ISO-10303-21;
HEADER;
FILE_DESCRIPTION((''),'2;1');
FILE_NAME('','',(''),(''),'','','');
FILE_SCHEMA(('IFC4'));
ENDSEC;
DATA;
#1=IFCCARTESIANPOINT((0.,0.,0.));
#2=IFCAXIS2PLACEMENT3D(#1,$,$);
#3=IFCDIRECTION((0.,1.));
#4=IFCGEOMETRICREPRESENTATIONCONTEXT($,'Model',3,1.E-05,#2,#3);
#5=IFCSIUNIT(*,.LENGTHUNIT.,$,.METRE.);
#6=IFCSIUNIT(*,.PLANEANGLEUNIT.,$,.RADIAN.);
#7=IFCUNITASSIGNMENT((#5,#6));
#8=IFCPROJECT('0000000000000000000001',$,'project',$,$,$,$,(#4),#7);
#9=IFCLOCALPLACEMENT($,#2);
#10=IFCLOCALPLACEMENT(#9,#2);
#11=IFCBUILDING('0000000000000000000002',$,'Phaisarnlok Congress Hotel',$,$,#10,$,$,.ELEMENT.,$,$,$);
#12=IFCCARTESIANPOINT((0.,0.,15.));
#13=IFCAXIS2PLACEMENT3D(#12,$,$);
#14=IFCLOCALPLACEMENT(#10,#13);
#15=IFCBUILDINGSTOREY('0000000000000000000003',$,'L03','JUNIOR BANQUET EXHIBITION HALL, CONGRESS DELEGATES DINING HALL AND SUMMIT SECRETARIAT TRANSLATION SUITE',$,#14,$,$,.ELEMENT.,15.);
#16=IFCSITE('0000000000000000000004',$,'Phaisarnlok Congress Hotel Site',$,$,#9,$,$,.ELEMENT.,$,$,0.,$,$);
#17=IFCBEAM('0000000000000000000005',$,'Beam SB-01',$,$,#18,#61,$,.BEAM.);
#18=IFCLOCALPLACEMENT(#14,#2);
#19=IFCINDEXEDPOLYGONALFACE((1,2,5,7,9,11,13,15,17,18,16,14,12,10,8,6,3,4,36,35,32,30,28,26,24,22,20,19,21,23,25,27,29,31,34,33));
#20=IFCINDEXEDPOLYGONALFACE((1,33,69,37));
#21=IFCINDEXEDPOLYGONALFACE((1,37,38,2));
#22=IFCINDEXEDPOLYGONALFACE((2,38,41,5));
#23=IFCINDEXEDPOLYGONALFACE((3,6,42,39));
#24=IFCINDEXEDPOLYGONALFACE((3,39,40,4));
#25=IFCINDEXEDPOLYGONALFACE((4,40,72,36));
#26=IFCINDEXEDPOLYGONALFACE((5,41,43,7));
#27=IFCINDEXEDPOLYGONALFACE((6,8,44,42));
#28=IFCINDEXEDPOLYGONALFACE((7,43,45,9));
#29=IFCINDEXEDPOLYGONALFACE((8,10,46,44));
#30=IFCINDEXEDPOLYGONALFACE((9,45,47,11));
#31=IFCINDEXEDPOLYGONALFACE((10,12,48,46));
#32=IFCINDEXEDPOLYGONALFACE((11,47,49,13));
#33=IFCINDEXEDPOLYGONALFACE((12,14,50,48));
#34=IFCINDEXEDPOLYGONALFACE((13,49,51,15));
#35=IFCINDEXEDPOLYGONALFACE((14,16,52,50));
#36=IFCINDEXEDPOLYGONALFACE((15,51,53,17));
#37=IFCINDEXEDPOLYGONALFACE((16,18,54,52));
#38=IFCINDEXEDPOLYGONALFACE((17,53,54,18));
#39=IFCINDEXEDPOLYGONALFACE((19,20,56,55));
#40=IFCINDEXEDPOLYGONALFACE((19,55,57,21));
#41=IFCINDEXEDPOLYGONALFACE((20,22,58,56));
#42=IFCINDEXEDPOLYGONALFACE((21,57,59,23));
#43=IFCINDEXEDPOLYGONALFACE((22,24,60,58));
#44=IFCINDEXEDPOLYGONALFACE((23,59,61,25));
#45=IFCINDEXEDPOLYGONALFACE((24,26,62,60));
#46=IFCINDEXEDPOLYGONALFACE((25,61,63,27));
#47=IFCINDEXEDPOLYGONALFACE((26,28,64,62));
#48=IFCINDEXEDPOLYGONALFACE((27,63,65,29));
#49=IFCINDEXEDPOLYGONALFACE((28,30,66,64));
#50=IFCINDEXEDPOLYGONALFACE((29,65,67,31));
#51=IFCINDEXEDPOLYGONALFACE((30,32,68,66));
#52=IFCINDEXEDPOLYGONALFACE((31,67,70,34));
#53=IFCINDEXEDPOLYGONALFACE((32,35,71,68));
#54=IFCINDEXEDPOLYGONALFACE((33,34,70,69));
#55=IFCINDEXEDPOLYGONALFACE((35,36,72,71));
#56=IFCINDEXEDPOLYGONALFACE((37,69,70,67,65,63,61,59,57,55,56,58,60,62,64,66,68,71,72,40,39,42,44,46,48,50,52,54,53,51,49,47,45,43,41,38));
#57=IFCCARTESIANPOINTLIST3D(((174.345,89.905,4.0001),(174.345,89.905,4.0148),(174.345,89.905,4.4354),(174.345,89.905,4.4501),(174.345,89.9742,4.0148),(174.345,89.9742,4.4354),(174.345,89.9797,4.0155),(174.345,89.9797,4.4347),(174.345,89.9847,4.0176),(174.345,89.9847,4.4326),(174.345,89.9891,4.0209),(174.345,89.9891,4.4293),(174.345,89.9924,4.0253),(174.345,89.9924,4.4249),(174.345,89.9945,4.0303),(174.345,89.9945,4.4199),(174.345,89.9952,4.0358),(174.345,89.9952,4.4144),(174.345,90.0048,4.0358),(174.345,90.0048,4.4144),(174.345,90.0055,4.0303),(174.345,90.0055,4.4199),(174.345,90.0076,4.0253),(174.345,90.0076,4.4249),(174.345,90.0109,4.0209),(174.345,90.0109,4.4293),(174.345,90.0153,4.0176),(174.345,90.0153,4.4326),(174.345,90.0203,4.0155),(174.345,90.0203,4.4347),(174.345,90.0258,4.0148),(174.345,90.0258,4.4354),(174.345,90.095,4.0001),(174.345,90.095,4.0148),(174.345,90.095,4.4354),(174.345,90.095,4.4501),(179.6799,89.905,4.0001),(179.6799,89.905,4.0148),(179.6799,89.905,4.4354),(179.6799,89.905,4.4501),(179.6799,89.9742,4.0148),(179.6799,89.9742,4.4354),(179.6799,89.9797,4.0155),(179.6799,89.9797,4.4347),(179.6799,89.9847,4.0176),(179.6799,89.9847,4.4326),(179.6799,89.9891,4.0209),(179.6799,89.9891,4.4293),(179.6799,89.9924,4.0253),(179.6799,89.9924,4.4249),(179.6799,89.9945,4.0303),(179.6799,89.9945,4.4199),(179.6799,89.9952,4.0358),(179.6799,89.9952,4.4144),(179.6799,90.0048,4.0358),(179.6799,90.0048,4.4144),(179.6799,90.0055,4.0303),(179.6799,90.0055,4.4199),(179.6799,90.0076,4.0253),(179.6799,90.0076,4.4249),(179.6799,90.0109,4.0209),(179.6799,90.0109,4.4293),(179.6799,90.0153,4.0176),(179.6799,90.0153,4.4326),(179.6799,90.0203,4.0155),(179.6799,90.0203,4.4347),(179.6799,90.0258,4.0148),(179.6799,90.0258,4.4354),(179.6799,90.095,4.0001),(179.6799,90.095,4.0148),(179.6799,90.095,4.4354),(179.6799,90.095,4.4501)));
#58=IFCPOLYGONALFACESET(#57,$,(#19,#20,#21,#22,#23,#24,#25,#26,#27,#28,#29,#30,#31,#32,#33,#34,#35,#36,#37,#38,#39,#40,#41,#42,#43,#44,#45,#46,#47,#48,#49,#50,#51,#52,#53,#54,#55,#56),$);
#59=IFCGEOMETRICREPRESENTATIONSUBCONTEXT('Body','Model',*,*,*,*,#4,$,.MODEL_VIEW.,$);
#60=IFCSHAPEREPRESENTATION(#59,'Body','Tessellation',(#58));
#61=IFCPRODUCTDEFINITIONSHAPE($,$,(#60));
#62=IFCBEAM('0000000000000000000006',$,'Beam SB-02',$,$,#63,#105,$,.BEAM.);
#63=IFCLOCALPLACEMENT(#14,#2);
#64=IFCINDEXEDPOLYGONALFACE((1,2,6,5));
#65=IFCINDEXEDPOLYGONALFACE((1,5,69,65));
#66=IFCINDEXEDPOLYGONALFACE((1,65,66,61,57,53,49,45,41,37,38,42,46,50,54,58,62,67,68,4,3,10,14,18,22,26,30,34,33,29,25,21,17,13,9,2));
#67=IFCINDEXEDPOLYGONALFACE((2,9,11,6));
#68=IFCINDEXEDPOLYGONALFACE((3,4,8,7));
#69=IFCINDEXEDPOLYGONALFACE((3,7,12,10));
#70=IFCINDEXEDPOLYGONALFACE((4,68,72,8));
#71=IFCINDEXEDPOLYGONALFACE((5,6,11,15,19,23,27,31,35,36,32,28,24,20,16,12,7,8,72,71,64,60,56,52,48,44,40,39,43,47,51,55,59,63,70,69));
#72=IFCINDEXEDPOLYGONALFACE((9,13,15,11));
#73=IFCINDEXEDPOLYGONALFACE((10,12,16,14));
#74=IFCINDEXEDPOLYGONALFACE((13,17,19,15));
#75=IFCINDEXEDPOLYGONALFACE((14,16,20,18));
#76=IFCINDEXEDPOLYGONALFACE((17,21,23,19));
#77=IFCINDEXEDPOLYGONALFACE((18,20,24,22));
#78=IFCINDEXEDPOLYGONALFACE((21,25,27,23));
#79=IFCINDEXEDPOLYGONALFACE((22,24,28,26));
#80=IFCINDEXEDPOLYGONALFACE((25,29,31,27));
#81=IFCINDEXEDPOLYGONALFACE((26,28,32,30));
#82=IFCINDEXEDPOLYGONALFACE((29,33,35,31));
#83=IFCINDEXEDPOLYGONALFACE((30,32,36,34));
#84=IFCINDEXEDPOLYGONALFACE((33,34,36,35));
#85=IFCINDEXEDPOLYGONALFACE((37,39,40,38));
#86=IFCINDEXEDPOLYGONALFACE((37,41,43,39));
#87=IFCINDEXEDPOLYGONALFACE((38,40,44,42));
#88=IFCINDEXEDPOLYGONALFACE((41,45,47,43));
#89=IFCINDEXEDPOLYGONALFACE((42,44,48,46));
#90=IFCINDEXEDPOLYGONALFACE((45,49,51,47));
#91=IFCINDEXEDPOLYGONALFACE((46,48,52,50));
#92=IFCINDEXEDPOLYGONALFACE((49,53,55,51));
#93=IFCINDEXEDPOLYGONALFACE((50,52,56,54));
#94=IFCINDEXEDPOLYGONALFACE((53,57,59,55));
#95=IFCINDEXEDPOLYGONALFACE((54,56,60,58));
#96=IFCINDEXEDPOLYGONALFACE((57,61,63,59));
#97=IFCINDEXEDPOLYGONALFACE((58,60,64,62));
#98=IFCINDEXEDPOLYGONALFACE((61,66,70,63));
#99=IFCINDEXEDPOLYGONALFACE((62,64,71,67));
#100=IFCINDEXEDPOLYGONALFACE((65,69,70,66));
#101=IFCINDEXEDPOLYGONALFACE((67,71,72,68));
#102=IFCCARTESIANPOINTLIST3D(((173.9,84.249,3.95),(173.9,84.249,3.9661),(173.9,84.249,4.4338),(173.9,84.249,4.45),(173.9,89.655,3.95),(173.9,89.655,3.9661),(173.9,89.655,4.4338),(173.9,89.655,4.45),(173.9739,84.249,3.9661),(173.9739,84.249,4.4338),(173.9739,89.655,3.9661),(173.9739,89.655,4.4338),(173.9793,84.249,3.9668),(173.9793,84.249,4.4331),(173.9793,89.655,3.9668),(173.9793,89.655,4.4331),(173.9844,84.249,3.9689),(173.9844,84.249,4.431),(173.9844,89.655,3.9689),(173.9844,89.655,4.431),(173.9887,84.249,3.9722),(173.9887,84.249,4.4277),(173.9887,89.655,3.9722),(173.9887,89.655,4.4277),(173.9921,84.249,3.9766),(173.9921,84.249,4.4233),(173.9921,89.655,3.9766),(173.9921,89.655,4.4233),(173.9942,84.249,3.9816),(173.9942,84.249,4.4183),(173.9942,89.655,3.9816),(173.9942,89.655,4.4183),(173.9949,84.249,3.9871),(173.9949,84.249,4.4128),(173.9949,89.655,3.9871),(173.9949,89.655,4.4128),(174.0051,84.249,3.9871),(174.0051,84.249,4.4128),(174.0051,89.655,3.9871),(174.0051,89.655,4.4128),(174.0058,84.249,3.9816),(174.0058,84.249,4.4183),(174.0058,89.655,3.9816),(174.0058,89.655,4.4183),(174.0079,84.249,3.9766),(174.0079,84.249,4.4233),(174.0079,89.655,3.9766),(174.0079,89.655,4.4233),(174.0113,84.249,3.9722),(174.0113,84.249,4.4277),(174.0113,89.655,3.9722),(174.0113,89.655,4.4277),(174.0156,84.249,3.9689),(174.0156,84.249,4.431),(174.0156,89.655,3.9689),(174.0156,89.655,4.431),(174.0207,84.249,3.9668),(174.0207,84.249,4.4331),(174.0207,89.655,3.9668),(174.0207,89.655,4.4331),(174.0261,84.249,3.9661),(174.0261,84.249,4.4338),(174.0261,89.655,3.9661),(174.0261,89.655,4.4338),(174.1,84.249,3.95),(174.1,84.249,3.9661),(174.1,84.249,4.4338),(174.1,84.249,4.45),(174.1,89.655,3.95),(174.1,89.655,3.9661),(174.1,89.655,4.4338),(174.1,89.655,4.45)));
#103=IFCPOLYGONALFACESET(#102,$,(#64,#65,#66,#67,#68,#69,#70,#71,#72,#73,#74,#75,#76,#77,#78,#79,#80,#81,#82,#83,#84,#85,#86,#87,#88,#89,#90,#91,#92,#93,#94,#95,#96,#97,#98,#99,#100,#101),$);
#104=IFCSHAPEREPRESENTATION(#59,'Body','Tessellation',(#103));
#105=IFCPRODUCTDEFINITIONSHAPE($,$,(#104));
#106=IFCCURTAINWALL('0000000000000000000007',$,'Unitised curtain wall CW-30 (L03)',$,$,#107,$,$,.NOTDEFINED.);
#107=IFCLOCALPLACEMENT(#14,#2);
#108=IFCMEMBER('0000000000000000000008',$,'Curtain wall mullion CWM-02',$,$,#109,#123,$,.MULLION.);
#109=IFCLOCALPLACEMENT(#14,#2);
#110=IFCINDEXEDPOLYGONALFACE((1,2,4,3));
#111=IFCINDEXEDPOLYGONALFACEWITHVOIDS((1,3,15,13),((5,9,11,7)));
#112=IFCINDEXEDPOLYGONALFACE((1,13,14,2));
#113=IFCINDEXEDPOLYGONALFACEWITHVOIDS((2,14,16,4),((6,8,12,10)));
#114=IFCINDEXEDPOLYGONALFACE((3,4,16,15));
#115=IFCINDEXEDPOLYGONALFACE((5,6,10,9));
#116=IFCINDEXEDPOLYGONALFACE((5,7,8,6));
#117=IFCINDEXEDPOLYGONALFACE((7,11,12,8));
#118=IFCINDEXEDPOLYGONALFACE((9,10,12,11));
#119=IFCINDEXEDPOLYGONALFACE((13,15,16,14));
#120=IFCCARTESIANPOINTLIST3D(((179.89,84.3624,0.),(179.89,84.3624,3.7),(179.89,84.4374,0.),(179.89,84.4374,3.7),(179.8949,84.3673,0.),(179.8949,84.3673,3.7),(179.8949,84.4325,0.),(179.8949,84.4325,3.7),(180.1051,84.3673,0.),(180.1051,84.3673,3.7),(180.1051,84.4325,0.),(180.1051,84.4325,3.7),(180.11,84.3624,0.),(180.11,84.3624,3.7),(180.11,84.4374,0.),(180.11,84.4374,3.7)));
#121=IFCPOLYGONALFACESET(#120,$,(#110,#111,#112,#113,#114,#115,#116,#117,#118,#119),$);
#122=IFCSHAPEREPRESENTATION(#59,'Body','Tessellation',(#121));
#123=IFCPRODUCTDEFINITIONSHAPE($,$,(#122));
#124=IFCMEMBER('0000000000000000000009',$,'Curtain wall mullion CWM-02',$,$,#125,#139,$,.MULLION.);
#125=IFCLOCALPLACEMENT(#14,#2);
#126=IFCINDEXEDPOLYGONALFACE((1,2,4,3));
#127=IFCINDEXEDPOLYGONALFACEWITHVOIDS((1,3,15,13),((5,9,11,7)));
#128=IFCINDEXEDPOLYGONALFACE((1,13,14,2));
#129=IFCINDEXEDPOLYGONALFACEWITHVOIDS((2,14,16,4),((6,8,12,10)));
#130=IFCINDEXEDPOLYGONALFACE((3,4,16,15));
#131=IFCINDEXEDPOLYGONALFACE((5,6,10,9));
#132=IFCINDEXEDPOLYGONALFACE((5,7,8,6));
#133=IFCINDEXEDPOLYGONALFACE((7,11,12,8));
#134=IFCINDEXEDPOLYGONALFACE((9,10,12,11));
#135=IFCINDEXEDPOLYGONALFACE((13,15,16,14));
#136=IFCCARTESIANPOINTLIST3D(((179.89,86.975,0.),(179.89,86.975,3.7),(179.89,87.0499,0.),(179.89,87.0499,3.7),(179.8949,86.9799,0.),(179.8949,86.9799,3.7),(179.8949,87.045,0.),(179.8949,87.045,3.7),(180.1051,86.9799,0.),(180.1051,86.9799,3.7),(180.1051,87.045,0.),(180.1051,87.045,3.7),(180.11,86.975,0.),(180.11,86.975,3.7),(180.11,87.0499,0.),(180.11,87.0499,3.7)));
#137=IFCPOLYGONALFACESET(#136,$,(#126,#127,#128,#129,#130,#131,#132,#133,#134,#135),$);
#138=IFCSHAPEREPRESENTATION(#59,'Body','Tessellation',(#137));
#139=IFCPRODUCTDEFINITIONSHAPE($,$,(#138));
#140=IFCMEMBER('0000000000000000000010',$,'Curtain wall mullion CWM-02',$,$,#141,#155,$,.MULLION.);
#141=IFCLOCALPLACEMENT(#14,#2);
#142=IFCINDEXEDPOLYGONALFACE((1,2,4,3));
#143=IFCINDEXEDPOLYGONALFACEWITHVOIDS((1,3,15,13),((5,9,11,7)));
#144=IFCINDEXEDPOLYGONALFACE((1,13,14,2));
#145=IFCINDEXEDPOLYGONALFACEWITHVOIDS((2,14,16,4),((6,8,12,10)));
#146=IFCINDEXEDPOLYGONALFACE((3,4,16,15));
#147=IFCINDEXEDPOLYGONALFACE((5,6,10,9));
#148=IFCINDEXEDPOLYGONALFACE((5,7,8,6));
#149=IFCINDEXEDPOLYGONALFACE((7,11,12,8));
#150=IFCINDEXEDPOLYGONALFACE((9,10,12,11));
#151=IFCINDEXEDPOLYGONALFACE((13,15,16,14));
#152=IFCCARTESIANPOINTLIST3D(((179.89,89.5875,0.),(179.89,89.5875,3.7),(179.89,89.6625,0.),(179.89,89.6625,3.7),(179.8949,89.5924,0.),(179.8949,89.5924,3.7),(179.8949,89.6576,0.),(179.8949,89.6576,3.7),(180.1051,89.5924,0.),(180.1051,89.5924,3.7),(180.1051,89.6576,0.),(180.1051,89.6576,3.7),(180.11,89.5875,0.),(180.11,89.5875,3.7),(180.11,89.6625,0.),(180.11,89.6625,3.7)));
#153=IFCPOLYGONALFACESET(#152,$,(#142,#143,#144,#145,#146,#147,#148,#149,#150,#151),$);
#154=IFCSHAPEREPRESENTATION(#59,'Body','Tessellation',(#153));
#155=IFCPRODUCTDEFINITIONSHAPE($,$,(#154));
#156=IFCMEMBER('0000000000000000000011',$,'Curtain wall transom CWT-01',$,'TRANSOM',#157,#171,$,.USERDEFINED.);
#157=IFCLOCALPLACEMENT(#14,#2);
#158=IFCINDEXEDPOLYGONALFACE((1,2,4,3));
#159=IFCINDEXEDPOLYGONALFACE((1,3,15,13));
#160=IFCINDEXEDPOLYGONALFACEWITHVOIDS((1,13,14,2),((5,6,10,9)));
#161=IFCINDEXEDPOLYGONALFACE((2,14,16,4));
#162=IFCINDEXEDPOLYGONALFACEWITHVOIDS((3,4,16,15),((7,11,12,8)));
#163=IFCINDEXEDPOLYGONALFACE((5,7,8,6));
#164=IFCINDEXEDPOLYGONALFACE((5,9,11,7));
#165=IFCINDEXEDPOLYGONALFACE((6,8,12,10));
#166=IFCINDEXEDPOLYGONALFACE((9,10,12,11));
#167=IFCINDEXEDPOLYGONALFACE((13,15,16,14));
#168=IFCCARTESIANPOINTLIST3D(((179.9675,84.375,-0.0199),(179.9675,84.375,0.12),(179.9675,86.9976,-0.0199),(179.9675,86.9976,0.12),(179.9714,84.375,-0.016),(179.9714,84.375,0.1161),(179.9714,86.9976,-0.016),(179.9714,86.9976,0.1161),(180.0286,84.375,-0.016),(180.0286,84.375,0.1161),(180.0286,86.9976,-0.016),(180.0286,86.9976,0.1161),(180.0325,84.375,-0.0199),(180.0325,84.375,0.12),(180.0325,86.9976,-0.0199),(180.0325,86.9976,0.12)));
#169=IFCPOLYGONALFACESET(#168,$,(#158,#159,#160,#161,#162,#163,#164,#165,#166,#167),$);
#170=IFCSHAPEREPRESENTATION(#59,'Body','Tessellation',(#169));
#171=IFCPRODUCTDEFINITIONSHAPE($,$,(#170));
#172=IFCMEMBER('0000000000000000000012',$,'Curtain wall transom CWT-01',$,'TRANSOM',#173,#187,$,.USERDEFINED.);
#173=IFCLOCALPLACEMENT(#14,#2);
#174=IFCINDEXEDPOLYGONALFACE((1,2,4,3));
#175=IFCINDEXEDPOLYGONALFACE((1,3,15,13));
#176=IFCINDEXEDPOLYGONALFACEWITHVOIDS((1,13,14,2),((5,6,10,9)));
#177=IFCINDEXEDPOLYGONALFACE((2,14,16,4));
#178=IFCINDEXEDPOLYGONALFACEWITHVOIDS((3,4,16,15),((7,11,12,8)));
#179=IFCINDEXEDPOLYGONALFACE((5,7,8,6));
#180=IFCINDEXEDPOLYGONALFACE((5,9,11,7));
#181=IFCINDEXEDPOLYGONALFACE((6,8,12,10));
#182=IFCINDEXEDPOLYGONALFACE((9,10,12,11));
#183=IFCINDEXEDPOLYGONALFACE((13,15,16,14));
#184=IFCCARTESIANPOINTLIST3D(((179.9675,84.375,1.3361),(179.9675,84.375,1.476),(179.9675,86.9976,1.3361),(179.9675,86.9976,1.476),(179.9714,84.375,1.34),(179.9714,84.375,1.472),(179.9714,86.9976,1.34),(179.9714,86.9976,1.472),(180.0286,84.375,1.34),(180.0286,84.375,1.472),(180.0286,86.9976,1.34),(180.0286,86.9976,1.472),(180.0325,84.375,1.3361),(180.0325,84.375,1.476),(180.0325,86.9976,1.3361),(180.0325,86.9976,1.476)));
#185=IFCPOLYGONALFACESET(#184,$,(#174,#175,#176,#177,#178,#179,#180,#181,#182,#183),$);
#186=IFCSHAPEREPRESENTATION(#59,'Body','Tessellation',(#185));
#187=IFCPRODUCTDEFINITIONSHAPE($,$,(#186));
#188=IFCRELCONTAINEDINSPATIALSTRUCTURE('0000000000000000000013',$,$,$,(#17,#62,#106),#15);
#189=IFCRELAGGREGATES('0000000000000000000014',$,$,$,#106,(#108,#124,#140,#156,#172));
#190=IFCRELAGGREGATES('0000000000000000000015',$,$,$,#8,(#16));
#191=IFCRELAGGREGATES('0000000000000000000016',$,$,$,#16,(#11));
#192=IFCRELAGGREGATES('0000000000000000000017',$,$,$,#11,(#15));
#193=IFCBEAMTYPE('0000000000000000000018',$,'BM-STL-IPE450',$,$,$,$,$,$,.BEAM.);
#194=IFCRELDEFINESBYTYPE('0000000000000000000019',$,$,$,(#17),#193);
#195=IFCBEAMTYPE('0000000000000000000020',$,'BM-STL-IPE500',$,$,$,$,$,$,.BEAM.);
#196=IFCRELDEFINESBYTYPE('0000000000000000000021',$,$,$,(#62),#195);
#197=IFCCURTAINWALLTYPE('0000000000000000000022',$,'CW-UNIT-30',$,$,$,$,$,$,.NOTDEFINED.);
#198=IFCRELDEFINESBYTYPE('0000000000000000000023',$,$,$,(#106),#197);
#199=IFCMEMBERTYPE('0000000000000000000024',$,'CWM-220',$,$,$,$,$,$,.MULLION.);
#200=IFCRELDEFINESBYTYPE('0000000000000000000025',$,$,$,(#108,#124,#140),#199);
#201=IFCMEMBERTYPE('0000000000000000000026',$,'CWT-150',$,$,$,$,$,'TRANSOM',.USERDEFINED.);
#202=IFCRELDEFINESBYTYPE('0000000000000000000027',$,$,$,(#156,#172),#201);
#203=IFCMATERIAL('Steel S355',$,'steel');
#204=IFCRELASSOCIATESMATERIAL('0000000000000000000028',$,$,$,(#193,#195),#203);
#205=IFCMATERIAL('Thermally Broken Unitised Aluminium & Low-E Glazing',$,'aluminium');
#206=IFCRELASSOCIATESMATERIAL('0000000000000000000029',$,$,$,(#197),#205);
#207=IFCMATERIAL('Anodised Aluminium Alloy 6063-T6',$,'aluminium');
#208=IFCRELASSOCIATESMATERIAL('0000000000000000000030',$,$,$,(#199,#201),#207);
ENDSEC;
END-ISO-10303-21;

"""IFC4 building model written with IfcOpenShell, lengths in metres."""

from ifc_helpers import new_model, si_unit, direction, frame, origin, origin_2d, place, context, subcontext, project, spatial, hollow_rectangle, i_section, extrude, material, material_profile, profile_set, type_object, element, aggregate, save


model = new_model("IFC4")

# Units and contexts
model_context = context("Model", 3, precision=1e-05, world=origin(), true_north=direction((0.0, 1.0)))
body_context = subcontext(model_context, "Body", "Model", "MODEL_VIEW")
ifc_project = project(units=[si_unit("LENGTHUNIT", "METRE"), si_unit("PLANEANGLEUNIT", "RADIAN")], contexts=[model_context])

# Site, building, storey
site_placement = place(None, origin())
site = spatial("IfcSite", under=ifc_project, at=site_placement, Name="Phaisarnlok Congress Hotel Site", CompositionType="ELEMENT", RefElevation=0.0)
building_placement = place(site_placement, origin())
building = spatial("IfcBuilding", under=site, at=building_placement, Name="Phaisarnlok Congress Hotel", CompositionType="ELEMENT")
storey_placement = place(building_placement, frame((0.0, 0.0, 15.0)))
storey = spatial("IfcBuildingStorey", under=building, at=storey_placement, Name="L03", Description="JUNIOR BANQUET EXHIBITION HALL, CONGRESS DELEGATES DINING HALL AND SUMMIT SECRETARIAT TRANSLATION SUITE", CompositionType="ELEMENT", Elevation=15.0)

# Shared definitions
ifc_material_1 = material(Name="Steel S355", Category="steel")

# Beams
ifc_material_profile_1 = material_profile(ifc_material_1, i_section(OverallWidth=0.1899, OverallDepth=0.45, WebThickness=0.0095, FlangeThickness=0.0146, FilletRadius=0.021, at=origin_2d()), Name="IPE 450")
ifc_profile_set_1 = profile_set([ifc_material_profile_1], Name="Steel S355")
beam_type_1 = type_object("IfcBeamType", Name="BM-STL-IPE450", PredefinedType="BEAM", material=ifc_profile_set_1)
beam_1_placement = place(storey_placement, frame((174.345, 90.0, 4.2251), z_axis=(1.0, 0.0, 0.0), x_axis=(0.0, 1.0, 0.0)))
element("IfcBeam", 1, at=beam_1_placement, inside=storey, type_object=beam_type_1, Name="Beam SB-01", PredefinedType="BEAM", context=body_context, shape_type="SweptSolid", body=[
    extrude(i_section(OverallWidth=0.1899, OverallDepth=0.45, WebThickness=0.0095, FlangeThickness=0.0146, FilletRadius=0.021, at=origin_2d()), origin(), (0.0, 0.0, 1.0), 5.335),
])
ifc_material_profile_2 = material_profile(ifc_material_1, i_section(OverallWidth=0.2, OverallDepth=0.5, WebThickness=0.0103, FlangeThickness=0.0161, FilletRadius=0.021, at=origin_2d()), Name="IPE 500")
ifc_profile_set_2 = profile_set([ifc_material_profile_2], Name="Steel S355")
beam_type_2 = type_object("IfcBeamType", Name="BM-STL-IPE500", PredefinedType="BEAM", material=ifc_profile_set_2)
beam_2_placement = place(storey_placement, frame((174.0, 84.249, 4.2), z_axis=(0.0, 1.0, 0.0), x_axis=(-1.0, 0.0, 0.0)))
element("IfcBeam", 2, at=beam_2_placement, inside=storey, type_object=beam_type_2, Name="Beam SB-02", PredefinedType="BEAM", context=body_context, shape_type="SweptSolid", body=[
    extrude(i_section(OverallWidth=0.2, OverallDepth=0.5, WebThickness=0.0103, FlangeThickness=0.0161, FilletRadius=0.021, at=origin_2d()), origin(), (0.0, 0.0, 1.0), 5.406),
])

# Curtain wall, members
ifc_material_2 = material(Name="Thermally Broken Unitised Aluminium & Low-E Glazing", Category="aluminium")
curtain_wall_type = type_object("IfcCurtainWallType", Name="CW-UNIT-30", PredefinedType="NOTDEFINED", material=ifc_material_2)
curtain_wall_placement = place(storey_placement, origin())
curtain_wall = element("IfcCurtainWall", 3, at=curtain_wall_placement, inside=storey, type_object=curtain_wall_type, Name="Unitised curtain wall CW-30 (L03)", PredefinedType="NOTDEFINED")
ifc_material_3 = material(Name="Anodised Aluminium Alloy 6063-T6", Category="aluminium")
ifc_material_profile_3 = material_profile(ifc_material_3, hollow_rectangle(XDim=0.075, YDim=0.22, WallThickness=0.0049, at=origin_2d()), Name="ALU-M 75x220x5")
ifc_profile_set_3 = profile_set([ifc_material_profile_3], Name="Anodised Aluminium Alloy 6063-T6")
member_type_1 = type_object("IfcMemberType", Name="CWM-220", PredefinedType="MULLION", material=ifc_profile_set_3)
member_1_placement = place(storey_placement, frame((180.0, 84.3999, 0.0), z_axis=(0.0, 0.0, 1.0), x_axis=(0.0, 1.0, 0.0)))
member_1 = element("IfcMember", 4, at=member_1_placement, type_object=member_type_1, Name="Curtain wall mullion CWM-02", PredefinedType="MULLION", context=body_context, shape_type="SweptSolid", body=[
    extrude(hollow_rectangle(XDim=0.075, YDim=0.22, WallThickness=0.0049, at=origin_2d()), origin(), (0.0, 0.0, 1.0), 3.7),
])
member_2_placement = place(storey_placement, frame((180.0, 87.0125, 0.0), z_axis=(0.0, 0.0, 1.0), x_axis=(0.0, 1.0, 0.0)))
member_2 = element("IfcMember", 5, at=member_2_placement, type_object=member_type_1, Name="Curtain wall mullion CWM-02", PredefinedType="MULLION", context=body_context, shape_type="SweptSolid", body=[
    extrude(hollow_rectangle(XDim=0.075, YDim=0.22, WallThickness=0.0049, at=origin_2d()), origin(), (0.0, 0.0, 1.0), 3.7),
])
member_3_placement = place(storey_placement, frame((180.0, 89.625, 0.0), z_axis=(0.0, 0.0, 1.0), x_axis=(0.0, 1.0, 0.0)))
member_3 = element("IfcMember", 6, at=member_3_placement, type_object=member_type_1, Name="Curtain wall mullion CWM-02", PredefinedType="MULLION", context=body_context, shape_type="SweptSolid", body=[
    extrude(hollow_rectangle(XDim=0.075, YDim=0.22, WallThickness=0.0049, at=origin_2d()), origin(), (0.0, 0.0, 1.0), 3.7),
])
ifc_material_profile_4 = material_profile(ifc_material_3, hollow_rectangle(XDim=0.0649, YDim=0.1399, WallThickness=0.0039, at=origin_2d()), Name="ALU-T 65x140x4")
ifc_profile_set_4 = profile_set([ifc_material_profile_4], Name="Anodised Aluminium Alloy 6063-T6")
member_type_2 = type_object("IfcMemberType", Name="CWT-150", ElementType="TRANSOM", PredefinedType="USERDEFINED", material=ifc_profile_set_4)
member_4_placement = place(storey_placement, frame((180.0, 84.375, 0.05), z_axis=(0.0, 1.0, 0.0), x_axis=(-1.0, 0.0, 0.0)))
member_4 = element("IfcMember", 7, at=member_4_placement, type_object=member_type_2, Name="Curtain wall transom CWT-01", ObjectType="TRANSOM", PredefinedType="USERDEFINED", context=body_context, shape_type="SweptSolid", body=[
    extrude(hollow_rectangle(XDim=0.0649, YDim=0.1399, WallThickness=0.0039, at=origin_2d()), origin(), (0.0, 0.0, 1.0), 2.6226),
])
member_5_placement = place(storey_placement, frame((180.0, 84.375, 1.406), z_axis=(0.0, 1.0, 0.0), x_axis=(-1.0, 0.0, 0.0)))
member_5 = element("IfcMember", 8, at=member_5_placement, type_object=member_type_2, Name="Curtain wall transom CWT-01", ObjectType="TRANSOM", PredefinedType="USERDEFINED", context=body_context, shape_type="SweptSolid", body=[
    extrude(hollow_rectangle(XDim=0.0649, YDim=0.1399, WallThickness=0.0039, at=origin_2d()), origin(), (0.0, 0.0, 1.0), 2.6226),
])

aggregate(curtain_wall, [member_1, member_2, member_3, member_4, member_5])

save(model, "model.ifc")
